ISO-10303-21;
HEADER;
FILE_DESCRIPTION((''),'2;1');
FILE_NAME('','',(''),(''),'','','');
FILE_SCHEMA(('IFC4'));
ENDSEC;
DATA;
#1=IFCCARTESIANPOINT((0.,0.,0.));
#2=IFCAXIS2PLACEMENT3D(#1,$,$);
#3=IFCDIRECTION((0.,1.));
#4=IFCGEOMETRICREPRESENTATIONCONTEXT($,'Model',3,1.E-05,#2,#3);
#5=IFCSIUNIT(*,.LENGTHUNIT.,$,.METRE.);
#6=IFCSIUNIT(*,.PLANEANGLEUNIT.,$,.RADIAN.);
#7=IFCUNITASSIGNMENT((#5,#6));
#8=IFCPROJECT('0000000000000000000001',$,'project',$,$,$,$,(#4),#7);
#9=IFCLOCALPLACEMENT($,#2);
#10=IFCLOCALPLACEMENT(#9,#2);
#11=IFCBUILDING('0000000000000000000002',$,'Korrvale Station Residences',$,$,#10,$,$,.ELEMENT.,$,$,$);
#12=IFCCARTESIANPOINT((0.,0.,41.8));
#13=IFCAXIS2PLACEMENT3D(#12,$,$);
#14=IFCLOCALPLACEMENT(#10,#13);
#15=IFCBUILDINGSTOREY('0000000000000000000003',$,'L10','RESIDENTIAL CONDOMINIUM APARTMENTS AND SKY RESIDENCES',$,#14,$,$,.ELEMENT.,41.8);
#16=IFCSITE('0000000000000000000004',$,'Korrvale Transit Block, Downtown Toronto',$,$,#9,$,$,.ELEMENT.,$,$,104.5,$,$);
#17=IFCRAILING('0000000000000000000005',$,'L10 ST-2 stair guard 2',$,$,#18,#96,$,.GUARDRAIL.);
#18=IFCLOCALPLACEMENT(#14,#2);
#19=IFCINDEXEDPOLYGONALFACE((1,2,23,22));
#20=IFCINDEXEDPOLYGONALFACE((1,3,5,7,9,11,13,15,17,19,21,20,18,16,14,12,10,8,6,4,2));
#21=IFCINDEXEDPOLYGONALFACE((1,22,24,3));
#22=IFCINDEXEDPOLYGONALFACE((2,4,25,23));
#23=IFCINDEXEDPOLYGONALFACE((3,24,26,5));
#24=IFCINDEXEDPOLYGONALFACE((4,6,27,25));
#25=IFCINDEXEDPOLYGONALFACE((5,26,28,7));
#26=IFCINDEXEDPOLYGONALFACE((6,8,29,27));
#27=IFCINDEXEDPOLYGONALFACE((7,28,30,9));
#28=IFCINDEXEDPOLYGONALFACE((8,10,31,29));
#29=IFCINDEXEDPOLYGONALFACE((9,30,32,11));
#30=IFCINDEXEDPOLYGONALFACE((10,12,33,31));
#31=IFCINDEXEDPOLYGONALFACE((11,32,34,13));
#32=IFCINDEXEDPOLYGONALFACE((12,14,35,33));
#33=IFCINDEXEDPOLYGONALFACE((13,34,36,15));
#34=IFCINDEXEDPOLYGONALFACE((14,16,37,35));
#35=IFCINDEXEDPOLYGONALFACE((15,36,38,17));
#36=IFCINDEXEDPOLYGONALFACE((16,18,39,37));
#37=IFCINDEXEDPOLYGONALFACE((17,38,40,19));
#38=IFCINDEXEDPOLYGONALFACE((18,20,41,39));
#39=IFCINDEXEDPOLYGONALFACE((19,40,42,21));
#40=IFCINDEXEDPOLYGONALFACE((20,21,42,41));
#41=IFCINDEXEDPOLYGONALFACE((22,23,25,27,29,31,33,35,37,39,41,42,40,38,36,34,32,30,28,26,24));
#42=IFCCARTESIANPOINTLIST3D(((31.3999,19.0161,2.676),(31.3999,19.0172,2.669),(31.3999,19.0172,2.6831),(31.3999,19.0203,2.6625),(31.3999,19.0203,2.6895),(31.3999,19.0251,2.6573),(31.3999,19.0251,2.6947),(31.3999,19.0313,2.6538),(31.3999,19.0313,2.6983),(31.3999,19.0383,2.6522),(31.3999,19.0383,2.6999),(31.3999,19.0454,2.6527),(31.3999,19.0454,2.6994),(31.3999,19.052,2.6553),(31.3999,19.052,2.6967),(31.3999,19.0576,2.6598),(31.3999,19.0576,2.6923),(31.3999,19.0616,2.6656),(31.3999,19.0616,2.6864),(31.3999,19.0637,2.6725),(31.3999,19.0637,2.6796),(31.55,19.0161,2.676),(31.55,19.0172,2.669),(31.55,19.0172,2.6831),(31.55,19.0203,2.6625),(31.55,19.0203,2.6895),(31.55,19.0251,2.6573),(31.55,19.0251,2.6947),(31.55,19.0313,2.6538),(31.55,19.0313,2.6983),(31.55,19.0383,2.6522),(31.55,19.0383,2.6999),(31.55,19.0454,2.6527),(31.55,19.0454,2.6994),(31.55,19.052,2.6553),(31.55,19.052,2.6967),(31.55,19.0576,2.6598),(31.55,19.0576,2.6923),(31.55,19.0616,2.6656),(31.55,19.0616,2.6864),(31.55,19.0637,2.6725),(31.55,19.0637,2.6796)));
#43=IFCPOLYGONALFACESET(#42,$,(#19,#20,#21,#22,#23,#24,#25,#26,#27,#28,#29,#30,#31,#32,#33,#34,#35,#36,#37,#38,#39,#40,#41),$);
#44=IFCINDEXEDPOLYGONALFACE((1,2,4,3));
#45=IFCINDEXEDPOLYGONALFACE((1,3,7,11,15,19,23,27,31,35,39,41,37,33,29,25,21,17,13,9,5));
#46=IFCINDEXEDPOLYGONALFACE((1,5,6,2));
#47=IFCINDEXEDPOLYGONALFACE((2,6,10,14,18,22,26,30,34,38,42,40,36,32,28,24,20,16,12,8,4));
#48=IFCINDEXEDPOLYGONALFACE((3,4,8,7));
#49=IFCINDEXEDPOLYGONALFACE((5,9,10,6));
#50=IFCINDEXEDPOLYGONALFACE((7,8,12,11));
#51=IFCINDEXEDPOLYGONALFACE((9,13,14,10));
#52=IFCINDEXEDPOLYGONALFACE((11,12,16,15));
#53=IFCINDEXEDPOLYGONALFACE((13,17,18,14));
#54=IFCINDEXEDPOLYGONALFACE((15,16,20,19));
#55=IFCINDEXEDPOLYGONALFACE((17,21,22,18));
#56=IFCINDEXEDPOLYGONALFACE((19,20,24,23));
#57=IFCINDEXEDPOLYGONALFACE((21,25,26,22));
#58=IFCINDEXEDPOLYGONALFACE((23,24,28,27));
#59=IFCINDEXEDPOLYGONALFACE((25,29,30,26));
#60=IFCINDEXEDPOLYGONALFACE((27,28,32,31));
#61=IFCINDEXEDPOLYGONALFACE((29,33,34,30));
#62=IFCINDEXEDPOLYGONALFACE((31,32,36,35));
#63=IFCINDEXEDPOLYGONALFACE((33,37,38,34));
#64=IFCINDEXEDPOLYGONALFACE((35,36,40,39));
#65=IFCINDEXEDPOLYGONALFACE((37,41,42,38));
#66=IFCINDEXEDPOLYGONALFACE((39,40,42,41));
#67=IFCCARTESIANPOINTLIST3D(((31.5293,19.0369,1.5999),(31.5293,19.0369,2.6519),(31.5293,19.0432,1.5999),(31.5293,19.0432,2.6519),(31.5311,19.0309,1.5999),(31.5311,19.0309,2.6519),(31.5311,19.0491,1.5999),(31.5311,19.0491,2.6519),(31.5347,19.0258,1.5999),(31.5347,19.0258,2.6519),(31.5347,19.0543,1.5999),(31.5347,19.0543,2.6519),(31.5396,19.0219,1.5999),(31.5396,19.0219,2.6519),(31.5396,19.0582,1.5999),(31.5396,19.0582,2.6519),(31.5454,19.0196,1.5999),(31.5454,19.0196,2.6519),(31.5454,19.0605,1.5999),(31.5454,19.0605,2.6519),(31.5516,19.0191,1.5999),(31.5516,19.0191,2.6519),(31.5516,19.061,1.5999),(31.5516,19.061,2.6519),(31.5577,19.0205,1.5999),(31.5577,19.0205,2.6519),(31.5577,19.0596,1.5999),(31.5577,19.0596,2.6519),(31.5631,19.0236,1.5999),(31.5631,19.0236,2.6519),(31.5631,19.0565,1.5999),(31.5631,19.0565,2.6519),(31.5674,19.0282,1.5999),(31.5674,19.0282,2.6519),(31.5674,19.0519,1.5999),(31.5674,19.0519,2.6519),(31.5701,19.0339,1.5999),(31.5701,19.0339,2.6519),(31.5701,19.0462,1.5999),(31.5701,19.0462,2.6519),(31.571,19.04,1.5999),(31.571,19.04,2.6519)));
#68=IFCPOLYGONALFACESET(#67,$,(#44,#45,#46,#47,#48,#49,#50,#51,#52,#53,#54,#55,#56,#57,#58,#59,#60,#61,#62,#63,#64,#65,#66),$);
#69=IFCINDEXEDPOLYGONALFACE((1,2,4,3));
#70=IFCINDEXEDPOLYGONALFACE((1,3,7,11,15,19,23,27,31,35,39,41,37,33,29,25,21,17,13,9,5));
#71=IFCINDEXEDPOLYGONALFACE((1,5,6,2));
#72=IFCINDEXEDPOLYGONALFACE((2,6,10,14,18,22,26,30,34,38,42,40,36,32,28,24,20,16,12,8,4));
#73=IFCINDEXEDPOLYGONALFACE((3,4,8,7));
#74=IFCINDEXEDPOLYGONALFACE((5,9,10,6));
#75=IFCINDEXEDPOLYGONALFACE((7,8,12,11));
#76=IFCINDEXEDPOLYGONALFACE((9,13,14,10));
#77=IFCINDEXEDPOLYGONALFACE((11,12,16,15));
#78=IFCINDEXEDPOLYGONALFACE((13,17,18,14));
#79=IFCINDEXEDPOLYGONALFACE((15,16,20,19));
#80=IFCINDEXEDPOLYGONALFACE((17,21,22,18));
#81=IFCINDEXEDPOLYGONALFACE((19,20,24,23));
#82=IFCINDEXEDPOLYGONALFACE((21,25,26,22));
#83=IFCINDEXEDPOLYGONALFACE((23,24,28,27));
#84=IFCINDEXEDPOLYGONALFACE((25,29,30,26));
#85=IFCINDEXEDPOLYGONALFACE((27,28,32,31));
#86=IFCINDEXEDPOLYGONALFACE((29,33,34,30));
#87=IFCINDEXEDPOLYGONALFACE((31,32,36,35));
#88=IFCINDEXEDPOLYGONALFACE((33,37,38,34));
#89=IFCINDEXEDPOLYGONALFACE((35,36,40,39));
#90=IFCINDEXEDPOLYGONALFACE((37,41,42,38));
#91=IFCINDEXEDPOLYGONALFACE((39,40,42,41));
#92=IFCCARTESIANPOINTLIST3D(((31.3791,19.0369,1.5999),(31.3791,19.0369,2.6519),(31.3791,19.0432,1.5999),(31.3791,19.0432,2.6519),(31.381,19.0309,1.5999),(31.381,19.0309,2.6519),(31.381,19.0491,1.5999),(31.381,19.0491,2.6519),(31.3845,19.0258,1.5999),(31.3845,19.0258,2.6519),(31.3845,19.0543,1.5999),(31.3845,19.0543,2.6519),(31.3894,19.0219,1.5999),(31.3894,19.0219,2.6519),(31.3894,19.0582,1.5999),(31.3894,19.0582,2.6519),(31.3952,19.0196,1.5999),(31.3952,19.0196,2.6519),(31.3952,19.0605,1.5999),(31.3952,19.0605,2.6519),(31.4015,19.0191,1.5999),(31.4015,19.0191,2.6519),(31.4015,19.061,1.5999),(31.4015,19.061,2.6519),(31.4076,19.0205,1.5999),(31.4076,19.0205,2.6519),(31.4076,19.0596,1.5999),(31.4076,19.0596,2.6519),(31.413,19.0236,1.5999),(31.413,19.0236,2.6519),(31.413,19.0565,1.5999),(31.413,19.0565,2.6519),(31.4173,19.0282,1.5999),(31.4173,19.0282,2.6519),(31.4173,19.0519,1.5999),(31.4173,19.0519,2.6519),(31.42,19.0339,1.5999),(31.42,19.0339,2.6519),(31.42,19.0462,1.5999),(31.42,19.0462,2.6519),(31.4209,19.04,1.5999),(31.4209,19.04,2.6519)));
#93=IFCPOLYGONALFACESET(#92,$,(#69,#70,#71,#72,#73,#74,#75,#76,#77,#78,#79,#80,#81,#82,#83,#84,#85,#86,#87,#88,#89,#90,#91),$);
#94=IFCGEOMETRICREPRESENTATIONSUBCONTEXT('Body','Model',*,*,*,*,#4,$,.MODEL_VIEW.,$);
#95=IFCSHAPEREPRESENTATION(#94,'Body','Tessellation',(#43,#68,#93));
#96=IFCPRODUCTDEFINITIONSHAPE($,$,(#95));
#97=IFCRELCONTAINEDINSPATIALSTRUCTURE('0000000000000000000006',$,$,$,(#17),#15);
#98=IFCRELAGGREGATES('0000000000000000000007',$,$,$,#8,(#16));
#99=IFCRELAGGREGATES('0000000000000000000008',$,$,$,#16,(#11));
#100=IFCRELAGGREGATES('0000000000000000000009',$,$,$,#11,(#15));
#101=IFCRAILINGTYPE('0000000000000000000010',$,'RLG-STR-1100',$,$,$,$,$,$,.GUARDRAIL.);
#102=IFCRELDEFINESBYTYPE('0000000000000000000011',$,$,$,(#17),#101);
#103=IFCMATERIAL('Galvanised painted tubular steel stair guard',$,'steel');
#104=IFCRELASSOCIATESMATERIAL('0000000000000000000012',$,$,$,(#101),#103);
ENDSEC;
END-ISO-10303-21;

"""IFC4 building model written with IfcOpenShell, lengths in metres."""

from ifc_helpers import new_model, si_unit, direction, frame, origin, origin_2d, place, context, subcontext, project, spatial, circle, extrude, material, type_object, element, save


model = new_model("IFC4")

# Units and contexts
model_context = context("Model", 3, precision=1e-05, world=origin(), true_north=direction((0.0, 1.0)))
body_context = subcontext(model_context, "Body", "Model", "MODEL_VIEW")
ifc_project = project(units=[si_unit("LENGTHUNIT", "METRE"), si_unit("PLANEANGLEUNIT", "RADIAN")], contexts=[model_context])

# Site, building, storey
site_placement = place(None, origin())
site = spatial("IfcSite", under=ifc_project, at=site_placement, Name="Korrvale Transit Block, Downtown Toronto", CompositionType="ELEMENT", RefElevation=104.5)
building_placement = place(site_placement, origin())
building = spatial("IfcBuilding", under=site, at=building_placement, Name="Korrvale Station Residences", CompositionType="ELEMENT")
storey_placement = place(building_placement, frame((0.0, 0.0, 41.8)))
storey = spatial("IfcBuildingStorey", under=building, at=storey_placement, Name="L10", Description="RESIDENTIAL CONDOMINIUM APARTMENTS AND SKY RESIDENCES", CompositionType="ELEMENT", Elevation=41.8)

# Railing
ifc_material_1 = material(Name="Galvanised painted tubular steel stair guard", Category="steel")
railing_type_1 = type_object("IfcRailingType", Name="RLG-STR-1100", PredefinedType="GUARDRAIL", material=ifc_material_1)
railing_1_placement = place(storey_placement, frame((31.55, 19.04, 1.5999)))
element("IfcRailing", 1, at=railing_1_placement, inside=storey, type_object=railing_type_1, Name="L10 ST-2 stair guard 2", PredefinedType="GUARDRAIL", context=body_context, shape_type="SweptSolid", body=[
    extrude(circle(Radius=0.0239, at=origin_2d()), frame((0.0, 0.0, 1.0762), z_axis=(-1.0, 0.0, 0.0), x_axis=(0.0, -1.0, 0.0)), (0.0, 0.0, 1.0), 0.1501),
    extrude(circle(Radius=0.021, at=origin_2d()), origin(), (0.0, 0.0, 1.0), 1.052),
    extrude(circle(Radius=0.021, at=origin_2d()), frame((-0.1501, 0.0, 0.0)), (0.0, 0.0, 1.0), 1.052),
])

save(model, "model.ifc")
